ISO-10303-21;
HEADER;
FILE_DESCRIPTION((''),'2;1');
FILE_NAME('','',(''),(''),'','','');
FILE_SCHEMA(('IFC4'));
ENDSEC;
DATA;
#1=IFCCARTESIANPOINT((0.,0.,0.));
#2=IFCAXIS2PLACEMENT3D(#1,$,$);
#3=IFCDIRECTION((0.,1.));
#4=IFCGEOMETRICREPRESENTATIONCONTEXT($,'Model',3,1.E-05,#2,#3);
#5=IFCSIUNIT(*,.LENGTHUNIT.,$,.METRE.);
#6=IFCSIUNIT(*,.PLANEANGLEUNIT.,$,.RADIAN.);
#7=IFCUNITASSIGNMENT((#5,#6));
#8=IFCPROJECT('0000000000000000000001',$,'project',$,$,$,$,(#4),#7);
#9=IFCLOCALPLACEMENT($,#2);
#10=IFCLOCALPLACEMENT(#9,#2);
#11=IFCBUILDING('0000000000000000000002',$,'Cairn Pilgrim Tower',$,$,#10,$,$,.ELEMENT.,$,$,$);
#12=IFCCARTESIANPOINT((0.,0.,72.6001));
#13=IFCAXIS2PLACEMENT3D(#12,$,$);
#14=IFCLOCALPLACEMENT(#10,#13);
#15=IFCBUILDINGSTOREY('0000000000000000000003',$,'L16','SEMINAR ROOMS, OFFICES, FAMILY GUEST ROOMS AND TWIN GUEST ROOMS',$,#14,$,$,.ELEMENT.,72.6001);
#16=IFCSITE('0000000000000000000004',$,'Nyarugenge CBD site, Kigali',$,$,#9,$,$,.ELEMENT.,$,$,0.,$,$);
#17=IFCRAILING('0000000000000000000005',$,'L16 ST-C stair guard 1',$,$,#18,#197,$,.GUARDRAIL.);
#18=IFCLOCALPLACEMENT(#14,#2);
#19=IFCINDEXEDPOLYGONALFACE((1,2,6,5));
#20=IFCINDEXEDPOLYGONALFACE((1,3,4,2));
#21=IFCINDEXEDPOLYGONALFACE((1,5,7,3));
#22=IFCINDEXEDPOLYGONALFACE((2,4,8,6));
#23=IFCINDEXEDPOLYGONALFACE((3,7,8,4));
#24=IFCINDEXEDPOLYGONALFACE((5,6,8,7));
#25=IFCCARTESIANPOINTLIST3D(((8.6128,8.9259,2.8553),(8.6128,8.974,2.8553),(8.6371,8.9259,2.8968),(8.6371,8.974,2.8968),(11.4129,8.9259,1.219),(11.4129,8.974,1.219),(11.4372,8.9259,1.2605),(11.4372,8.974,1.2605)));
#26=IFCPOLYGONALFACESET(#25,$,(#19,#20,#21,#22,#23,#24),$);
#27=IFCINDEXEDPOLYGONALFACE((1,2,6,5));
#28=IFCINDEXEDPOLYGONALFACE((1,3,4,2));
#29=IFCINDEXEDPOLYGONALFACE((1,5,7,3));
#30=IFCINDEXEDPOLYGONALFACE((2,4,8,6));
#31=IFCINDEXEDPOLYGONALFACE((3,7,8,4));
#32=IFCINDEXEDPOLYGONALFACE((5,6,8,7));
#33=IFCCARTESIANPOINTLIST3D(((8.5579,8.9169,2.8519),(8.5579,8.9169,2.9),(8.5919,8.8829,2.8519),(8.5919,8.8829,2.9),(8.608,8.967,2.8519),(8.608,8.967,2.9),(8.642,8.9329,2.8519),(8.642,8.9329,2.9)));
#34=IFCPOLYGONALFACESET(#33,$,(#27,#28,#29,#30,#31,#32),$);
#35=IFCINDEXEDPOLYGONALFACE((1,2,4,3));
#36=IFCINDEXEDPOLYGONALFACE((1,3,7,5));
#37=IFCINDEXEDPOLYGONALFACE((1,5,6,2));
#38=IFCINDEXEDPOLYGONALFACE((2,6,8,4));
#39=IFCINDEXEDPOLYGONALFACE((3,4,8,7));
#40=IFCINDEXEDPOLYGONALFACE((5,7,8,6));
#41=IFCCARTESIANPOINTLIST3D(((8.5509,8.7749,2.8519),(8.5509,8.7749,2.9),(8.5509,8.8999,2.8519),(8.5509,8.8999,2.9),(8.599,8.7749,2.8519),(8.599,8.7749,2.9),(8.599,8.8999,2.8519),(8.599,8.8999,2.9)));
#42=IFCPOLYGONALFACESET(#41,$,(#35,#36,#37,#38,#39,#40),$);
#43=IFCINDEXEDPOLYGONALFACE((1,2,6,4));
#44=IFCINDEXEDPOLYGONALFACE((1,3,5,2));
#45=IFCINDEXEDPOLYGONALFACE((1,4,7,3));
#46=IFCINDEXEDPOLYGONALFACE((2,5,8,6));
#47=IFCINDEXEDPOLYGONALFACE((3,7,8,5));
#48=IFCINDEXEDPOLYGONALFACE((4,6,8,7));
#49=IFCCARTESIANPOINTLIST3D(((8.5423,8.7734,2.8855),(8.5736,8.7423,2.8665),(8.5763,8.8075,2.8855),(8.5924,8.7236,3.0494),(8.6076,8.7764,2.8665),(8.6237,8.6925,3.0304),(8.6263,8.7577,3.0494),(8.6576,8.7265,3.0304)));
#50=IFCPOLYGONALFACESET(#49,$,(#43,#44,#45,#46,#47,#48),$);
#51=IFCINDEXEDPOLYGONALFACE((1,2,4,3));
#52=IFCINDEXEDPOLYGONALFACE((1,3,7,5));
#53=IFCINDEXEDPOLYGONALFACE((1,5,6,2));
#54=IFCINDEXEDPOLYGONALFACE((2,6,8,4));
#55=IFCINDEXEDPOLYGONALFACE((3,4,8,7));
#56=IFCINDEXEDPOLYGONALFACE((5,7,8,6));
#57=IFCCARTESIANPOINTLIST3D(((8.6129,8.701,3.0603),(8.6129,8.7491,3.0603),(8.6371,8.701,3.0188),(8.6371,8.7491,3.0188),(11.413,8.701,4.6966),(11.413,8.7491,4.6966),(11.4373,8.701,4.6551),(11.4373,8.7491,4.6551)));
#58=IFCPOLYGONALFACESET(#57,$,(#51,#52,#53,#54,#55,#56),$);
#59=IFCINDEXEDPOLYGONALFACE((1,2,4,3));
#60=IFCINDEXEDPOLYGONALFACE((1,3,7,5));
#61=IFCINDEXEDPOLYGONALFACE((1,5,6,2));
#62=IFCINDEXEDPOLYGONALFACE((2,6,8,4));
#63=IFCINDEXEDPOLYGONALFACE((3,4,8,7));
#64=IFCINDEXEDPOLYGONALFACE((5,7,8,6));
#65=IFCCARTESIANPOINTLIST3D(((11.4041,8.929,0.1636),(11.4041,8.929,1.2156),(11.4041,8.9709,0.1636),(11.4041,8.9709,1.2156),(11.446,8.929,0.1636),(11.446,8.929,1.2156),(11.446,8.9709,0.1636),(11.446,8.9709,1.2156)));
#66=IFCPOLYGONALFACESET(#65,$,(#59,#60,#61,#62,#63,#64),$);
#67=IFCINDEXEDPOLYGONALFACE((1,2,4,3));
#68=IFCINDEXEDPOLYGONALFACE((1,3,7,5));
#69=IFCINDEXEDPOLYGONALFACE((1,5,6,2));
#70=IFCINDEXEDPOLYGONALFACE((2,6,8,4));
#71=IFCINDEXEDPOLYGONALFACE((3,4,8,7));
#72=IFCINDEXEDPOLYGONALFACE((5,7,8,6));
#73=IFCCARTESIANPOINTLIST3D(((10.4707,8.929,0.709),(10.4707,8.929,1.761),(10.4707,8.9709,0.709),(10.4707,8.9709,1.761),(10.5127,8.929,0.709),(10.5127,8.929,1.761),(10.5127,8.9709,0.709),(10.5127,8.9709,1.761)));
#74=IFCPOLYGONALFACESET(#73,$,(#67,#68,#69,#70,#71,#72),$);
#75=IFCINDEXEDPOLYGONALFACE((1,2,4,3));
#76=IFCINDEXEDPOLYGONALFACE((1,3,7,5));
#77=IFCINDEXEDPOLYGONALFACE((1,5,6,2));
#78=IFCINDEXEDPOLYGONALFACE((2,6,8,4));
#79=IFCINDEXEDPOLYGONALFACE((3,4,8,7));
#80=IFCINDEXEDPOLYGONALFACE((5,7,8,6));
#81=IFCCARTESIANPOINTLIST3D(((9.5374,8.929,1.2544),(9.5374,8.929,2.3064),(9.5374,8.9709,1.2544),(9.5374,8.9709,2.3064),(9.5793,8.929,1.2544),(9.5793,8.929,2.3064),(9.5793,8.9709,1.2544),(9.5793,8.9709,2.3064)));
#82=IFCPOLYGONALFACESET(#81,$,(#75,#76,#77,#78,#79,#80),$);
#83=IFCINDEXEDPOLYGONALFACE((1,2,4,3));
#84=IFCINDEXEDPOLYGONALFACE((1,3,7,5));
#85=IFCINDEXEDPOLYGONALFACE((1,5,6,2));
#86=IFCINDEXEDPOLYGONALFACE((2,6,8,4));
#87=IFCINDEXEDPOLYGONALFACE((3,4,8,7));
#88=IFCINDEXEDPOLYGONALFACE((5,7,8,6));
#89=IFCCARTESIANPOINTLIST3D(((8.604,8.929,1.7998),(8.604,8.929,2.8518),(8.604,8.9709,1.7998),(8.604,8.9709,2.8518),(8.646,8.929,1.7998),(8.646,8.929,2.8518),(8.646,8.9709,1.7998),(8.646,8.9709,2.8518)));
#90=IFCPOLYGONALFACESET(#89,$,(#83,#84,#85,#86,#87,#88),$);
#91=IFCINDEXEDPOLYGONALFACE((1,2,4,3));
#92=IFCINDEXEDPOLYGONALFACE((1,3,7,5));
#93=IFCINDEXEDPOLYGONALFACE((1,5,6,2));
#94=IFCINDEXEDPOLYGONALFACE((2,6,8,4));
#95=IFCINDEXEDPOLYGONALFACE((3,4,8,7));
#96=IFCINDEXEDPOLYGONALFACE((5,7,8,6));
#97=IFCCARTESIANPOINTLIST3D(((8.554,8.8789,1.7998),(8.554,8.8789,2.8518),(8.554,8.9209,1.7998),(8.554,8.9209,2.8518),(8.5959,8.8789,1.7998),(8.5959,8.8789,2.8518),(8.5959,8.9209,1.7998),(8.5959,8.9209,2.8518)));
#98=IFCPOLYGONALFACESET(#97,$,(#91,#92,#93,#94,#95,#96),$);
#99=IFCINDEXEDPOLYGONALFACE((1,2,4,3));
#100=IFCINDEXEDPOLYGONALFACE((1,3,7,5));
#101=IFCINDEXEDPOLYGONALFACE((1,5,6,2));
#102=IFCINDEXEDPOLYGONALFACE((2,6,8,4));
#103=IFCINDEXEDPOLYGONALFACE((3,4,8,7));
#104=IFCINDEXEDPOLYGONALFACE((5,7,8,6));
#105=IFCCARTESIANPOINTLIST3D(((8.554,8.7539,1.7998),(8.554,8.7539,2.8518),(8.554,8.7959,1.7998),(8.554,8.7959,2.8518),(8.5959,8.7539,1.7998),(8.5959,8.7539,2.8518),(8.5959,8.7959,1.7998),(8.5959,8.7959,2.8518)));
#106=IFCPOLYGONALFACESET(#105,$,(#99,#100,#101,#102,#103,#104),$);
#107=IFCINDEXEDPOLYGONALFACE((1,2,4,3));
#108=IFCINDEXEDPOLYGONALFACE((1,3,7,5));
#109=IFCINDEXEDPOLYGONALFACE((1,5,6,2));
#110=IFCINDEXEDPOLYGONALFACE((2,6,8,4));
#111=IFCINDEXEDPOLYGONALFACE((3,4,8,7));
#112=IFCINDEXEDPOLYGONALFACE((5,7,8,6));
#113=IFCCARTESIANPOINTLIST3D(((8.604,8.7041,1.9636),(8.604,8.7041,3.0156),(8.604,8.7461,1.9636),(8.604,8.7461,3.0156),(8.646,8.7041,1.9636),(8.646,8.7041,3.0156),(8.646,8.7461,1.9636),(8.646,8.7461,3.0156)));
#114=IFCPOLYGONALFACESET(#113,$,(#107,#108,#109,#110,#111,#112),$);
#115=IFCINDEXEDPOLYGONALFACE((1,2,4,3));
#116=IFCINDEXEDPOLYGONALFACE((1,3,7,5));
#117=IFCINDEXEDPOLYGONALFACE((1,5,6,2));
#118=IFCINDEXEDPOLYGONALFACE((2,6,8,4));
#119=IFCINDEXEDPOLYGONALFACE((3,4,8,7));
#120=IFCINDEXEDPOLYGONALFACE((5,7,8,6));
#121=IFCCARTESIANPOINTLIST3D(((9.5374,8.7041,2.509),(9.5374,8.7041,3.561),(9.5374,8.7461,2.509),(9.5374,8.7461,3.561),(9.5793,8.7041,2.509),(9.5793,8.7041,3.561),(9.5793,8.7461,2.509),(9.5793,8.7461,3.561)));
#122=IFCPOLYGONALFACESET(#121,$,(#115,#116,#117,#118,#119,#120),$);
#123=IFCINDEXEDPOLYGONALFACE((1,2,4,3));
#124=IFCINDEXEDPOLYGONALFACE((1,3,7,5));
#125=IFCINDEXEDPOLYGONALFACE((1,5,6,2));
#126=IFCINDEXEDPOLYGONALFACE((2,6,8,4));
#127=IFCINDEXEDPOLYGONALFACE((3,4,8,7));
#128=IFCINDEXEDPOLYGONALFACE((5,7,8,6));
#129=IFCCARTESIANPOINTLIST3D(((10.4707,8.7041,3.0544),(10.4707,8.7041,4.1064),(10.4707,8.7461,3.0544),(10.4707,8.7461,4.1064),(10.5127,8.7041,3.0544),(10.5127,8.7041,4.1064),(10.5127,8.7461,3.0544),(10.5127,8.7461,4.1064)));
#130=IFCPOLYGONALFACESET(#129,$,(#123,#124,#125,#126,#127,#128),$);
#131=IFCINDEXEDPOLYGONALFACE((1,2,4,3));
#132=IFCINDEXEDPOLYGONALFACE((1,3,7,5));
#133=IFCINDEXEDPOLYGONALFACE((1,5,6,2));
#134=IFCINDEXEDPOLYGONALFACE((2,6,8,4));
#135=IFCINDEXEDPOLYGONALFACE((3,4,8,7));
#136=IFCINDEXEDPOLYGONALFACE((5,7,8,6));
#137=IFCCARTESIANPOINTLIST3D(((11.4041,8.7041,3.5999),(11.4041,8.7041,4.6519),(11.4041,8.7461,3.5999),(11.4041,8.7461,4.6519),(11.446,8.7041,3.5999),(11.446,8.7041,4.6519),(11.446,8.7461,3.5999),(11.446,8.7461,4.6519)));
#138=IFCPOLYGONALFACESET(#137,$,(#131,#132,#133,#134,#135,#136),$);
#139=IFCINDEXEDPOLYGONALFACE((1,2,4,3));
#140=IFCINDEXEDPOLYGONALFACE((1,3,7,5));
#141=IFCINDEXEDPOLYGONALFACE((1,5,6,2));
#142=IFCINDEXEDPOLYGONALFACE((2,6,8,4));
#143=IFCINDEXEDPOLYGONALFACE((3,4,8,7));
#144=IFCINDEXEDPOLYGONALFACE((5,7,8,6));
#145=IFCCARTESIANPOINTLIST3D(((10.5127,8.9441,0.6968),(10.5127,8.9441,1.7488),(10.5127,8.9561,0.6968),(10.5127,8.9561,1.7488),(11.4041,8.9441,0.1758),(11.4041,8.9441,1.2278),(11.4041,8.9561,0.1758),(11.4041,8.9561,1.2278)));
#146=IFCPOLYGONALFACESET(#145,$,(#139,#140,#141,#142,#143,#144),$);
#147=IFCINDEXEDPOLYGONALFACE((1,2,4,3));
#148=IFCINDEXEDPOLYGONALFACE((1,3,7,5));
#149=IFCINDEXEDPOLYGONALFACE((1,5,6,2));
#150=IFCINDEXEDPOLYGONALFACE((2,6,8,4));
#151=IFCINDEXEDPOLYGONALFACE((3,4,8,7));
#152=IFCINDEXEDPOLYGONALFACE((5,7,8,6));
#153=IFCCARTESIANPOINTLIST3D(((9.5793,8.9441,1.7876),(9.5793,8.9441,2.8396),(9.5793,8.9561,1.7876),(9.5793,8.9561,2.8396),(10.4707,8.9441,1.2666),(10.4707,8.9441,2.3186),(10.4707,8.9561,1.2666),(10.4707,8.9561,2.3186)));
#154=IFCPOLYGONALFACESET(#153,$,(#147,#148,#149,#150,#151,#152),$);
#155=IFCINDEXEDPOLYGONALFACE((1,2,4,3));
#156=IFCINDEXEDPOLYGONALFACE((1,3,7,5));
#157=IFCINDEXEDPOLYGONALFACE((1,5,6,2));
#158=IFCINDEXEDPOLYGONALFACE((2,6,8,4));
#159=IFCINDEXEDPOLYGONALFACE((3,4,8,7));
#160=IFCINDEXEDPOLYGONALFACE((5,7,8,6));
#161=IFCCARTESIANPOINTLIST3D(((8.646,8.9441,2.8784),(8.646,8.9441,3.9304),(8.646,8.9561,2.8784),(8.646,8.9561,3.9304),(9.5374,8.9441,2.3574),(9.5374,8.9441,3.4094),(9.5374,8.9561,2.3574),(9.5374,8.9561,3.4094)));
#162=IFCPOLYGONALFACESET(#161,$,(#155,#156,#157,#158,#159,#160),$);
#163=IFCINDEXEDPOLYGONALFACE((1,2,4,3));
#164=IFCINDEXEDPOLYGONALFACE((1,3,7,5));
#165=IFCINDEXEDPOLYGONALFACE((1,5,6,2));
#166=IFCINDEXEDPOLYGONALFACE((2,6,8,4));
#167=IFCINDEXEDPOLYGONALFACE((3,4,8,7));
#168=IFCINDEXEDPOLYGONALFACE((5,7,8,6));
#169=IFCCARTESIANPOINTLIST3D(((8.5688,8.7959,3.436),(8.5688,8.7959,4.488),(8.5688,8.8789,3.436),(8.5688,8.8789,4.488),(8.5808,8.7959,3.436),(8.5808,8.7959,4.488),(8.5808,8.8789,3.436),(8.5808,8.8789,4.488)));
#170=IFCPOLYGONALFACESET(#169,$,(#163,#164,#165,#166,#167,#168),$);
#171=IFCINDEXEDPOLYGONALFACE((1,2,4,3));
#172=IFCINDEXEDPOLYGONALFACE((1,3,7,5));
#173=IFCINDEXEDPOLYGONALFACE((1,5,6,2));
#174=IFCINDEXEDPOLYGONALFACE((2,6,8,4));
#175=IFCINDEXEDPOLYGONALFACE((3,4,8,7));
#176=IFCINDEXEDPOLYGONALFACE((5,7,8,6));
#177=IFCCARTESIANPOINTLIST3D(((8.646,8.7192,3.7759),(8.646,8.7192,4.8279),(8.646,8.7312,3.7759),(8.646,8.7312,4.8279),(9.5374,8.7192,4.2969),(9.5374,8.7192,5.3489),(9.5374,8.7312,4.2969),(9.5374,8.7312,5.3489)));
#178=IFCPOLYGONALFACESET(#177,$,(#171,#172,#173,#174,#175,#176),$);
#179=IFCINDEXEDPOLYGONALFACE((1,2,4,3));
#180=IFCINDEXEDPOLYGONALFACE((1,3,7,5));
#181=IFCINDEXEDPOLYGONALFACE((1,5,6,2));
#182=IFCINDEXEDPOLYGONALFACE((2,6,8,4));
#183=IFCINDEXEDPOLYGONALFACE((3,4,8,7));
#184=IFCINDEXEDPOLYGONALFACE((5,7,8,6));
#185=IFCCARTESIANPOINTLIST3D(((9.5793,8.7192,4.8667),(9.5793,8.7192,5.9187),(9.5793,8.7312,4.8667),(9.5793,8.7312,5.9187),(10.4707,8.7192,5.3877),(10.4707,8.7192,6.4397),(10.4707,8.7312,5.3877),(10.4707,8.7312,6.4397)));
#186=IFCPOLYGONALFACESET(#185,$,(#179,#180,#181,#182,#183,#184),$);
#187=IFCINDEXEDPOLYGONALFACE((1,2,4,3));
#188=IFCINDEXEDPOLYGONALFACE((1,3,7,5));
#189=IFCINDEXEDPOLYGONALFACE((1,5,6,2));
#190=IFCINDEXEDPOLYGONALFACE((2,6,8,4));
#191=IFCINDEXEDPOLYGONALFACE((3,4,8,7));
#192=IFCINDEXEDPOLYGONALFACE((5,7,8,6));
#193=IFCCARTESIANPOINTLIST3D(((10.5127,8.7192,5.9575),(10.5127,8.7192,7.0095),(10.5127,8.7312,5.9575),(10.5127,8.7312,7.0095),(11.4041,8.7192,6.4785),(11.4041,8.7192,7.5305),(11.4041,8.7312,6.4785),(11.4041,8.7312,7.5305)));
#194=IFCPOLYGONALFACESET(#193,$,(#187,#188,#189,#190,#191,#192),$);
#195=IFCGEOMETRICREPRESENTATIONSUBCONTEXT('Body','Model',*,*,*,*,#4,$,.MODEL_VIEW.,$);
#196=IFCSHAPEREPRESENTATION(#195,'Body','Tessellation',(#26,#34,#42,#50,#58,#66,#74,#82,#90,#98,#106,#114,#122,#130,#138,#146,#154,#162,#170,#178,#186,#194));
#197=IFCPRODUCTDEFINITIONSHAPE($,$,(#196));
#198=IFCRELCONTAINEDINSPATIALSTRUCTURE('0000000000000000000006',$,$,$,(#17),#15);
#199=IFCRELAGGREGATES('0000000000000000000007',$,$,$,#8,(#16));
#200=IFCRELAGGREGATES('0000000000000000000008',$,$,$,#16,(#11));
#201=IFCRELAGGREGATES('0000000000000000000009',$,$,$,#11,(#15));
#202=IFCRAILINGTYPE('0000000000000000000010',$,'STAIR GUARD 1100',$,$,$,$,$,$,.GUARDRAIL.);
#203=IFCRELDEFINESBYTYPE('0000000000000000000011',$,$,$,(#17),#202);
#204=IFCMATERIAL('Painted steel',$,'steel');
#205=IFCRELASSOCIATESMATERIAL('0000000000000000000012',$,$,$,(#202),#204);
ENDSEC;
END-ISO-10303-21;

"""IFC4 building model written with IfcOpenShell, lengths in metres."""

from ifc_helpers import new_model, si_unit, direction, frame, origin, origin_2d, place, context, subcontext, project, spatial, polyline, rectangle, outline, extrude, material, type_object, element, save


model = new_model("IFC4")

# Units and contexts
model_context = context("Model", 3, precision=1e-05, world=origin(), true_north=direction((0.0, 1.0)))
body_context = subcontext(model_context, "Body", "Model", "MODEL_VIEW")
ifc_project = project(units=[si_unit("LENGTHUNIT", "METRE"), si_unit("PLANEANGLEUNIT", "RADIAN")], contexts=[model_context])

# Site, building, storey
site_placement = place(None, origin())
site = spatial("IfcSite", under=ifc_project, at=site_placement, Name="Nyarugenge CBD site, Kigali", CompositionType="ELEMENT", RefElevation=0.0)
building_placement = place(site_placement, origin())
building = spatial("IfcBuilding", under=site, at=building_placement, Name="Cairn Pilgrim Tower", CompositionType="ELEMENT")
storey_placement = place(building_placement, frame((0.0, 0.0, 72.6001)))
storey = spatial("IfcBuildingStorey", under=building, at=storey_placement, Name="L16", Description="SEMINAR ROOMS, OFFICES, FAMILY GUEST ROOMS AND TWIN GUEST ROOMS", CompositionType="ELEMENT", Elevation=72.6001)

# Shared definitions
ifc_material_1 = material(Name="Painted steel", Category="steel")

# Railing
railing_type_1 = type_object("IfcRailingType", Name="STAIR GUARD 1100", PredefinedType="GUARDRAIL", material=ifc_material_1)
railing_1_placement = place(storey_placement, frame((11.425, 8.95, 0.1636)))
element("IfcRailing", 1, at=railing_1_placement, inside=storey, type_object=railing_type_1, Name="L16 ST-C stair guard 1", PredefinedType="GUARDRAIL", context=body_context, shape_type="SweptSolid", body=[
    extrude(rectangle(XDim=0.0481, YDim=0.0481, at=origin_2d()), frame((0.0, 0.0, 1.0762), z_axis=(-0.863394, 0.0, 0.504531), x_axis=(0.0, -1.0, 0.0)), (0.0, 0.0, 1.0), 3.2432),
    extrude(rectangle(XDim=0.0481, YDim=0.0481, at=origin_2d()), frame((-2.8, 0.0, 2.7124), z_axis=(-0.707107, -0.707107, 0.0), x_axis=(0.707107, -0.707107, 0.0)), (0.0, 0.0, 1.0), 0.0708),
    extrude(rectangle(XDim=0.0481, YDim=0.0481, at=origin_2d()), frame((-2.8501, -0.05, 2.7124), z_axis=(0.0, -1.0, 0.0), x_axis=(1.0, 0.0, 0.0)), (0.0, 0.0, 1.0), 0.125),
    extrude(rectangle(XDim=0.0481, YDim=0.0481, at=origin_2d()), frame((-2.8501, -0.175, 2.7124), z_axis=(0.280564, -0.279195, 0.918332), x_axis=(0.705376, 0.708834, 0.0)), (0.0, 0.0, 1.0), 0.1785),
    extrude(rectangle(XDim=0.0481, YDim=0.0481, at=origin_2d()), frame((-2.8, -0.2249, 2.876), z_axis=(0.863394, 0.0, 0.504531), x_axis=(0.0, 1.0, 0.0)), (0.0, 0.0, 1.0), 3.2432),
    extrude(rectangle(XDim=0.042, YDim=0.042, at=origin_2d()), origin(), (0.0, 0.0, 1.0), 1.052),
    extrude(rectangle(XDim=0.042, YDim=0.042, at=origin_2d()), frame((-0.9333, 0.0, 0.5454)), (0.0, 0.0, 1.0), 1.052),
    extrude(rectangle(XDim=0.042, YDim=0.042, at=origin_2d()), frame((-1.8667, 0.0, 1.0908)), (0.0, 0.0, 1.0), 1.052),
    extrude(rectangle(XDim=0.042, YDim=0.042, at=origin_2d()), frame((-2.8, 0.0, 1.6362)), (0.0, 0.0, 1.0), 1.052),
    extrude(rectangle(XDim=0.042, YDim=0.042, at=origin_2d()), frame((-2.8501, -0.05, 1.6362)), (0.0, 0.0, 1.0), 1.052),
    extrude(rectangle(XDim=0.042, YDim=0.042, at=origin_2d()), frame((-2.8501, -0.175, 1.6362)), (0.0, 0.0, 1.0), 1.052),
    extrude(rectangle(XDim=0.042, YDim=0.042, at=origin_2d()), frame((-2.8, -0.2249, 1.8)), (0.0, 0.0, 1.0), 1.052),
    extrude(rectangle(XDim=0.042, YDim=0.042, at=origin_2d()), frame((-1.8667, -0.2249, 2.3455)), (0.0, 0.0, 1.0), 1.052),
    extrude(rectangle(XDim=0.042, YDim=0.042, at=origin_2d()), frame((-0.9333, -0.2249, 2.8909)), (0.0, 0.0, 1.0), 1.052),
    extrude(rectangle(XDim=0.042, YDim=0.042, at=origin_2d()), frame((0.0, -0.2249, 3.4363)), (0.0, 0.0, 1.0), 1.052),
    extrude(outline(polyline([(0.021, 0.0122), (0.9124, 0.5332), (0.9124, 1.5852), (0.021, 1.0642), (0.021, 0.0122)])), frame((0.0, -0.0059, 0.0), z_axis=(0.0, 1.0, 0.0), x_axis=(-1.0, 0.0, 0.0)), (0.0, 0.0, 1.0), 0.012),
    extrude(outline(polyline([(0.021, 0.5576), (0.9124, 1.0786), (0.9124, 2.1306), (0.021, 1.6096), (0.021, 0.5576)])), frame((-0.9333, -0.0059, 0.5454), z_axis=(0.0, 1.0, 0.0), x_axis=(-1.0, 0.0, 0.0)), (0.0, 0.0, 1.0), 0.012),
    extrude(outline(polyline([(0.021, 1.103), (0.9124, 1.624), (0.9124, 2.676), (0.021, 2.155), (0.021, 1.103)])), frame((-1.8667, -0.0059, 1.0908), z_axis=(0.0, 1.0, 0.0), x_axis=(-1.0, 0.0, 0.0)), (0.0, 0.0, 1.0), 0.012),
    extrude(outline(polyline([(0.021, 1.6362), (0.104, 1.6362), (0.104, 2.6882), (0.021, 2.6882), (0.021, 1.6362)])), frame((-2.8442, -0.05, 1.6362), z_axis=(-1.0, 0.0, 0.0), x_axis=(0.0, -1.0, 0.0)), (0.0, 0.0, 1.0), 0.012),
    extrude(outline(polyline([(0.021, 1.8123), (0.9124, 2.3333), (0.9124, 3.3853), (0.021, 2.8643), (0.021, 1.8123)])), frame((-2.8, -0.2188, 1.8), z_axis=(0.0, -1.0, 0.0), x_axis=(1.0, 0.0, 0.0)), (0.0, 0.0, 1.0), 0.012),
    extrude(outline(polyline([(0.021, 2.3577), (0.9124, 2.8787), (0.9124, 3.9307), (0.021, 3.4097), (0.021, 2.3577)])), frame((-1.8667, -0.2188, 2.3455), z_axis=(0.0, -1.0, 0.0), x_axis=(1.0, 0.0, 0.0)), (0.0, 0.0, 1.0), 0.012),
    extrude(outline(polyline([(0.021, 2.9031), (0.9124, 3.4241), (0.9124, 4.4761), (0.021, 3.9551), (0.021, 2.9031)])), frame((-0.9333, -0.2188, 2.8909), z_axis=(0.0, -1.0, 0.0), x_axis=(1.0, 0.0, 0.0)), (0.0, 0.0, 1.0), 0.012),
])

save(model, "model.ifc")
